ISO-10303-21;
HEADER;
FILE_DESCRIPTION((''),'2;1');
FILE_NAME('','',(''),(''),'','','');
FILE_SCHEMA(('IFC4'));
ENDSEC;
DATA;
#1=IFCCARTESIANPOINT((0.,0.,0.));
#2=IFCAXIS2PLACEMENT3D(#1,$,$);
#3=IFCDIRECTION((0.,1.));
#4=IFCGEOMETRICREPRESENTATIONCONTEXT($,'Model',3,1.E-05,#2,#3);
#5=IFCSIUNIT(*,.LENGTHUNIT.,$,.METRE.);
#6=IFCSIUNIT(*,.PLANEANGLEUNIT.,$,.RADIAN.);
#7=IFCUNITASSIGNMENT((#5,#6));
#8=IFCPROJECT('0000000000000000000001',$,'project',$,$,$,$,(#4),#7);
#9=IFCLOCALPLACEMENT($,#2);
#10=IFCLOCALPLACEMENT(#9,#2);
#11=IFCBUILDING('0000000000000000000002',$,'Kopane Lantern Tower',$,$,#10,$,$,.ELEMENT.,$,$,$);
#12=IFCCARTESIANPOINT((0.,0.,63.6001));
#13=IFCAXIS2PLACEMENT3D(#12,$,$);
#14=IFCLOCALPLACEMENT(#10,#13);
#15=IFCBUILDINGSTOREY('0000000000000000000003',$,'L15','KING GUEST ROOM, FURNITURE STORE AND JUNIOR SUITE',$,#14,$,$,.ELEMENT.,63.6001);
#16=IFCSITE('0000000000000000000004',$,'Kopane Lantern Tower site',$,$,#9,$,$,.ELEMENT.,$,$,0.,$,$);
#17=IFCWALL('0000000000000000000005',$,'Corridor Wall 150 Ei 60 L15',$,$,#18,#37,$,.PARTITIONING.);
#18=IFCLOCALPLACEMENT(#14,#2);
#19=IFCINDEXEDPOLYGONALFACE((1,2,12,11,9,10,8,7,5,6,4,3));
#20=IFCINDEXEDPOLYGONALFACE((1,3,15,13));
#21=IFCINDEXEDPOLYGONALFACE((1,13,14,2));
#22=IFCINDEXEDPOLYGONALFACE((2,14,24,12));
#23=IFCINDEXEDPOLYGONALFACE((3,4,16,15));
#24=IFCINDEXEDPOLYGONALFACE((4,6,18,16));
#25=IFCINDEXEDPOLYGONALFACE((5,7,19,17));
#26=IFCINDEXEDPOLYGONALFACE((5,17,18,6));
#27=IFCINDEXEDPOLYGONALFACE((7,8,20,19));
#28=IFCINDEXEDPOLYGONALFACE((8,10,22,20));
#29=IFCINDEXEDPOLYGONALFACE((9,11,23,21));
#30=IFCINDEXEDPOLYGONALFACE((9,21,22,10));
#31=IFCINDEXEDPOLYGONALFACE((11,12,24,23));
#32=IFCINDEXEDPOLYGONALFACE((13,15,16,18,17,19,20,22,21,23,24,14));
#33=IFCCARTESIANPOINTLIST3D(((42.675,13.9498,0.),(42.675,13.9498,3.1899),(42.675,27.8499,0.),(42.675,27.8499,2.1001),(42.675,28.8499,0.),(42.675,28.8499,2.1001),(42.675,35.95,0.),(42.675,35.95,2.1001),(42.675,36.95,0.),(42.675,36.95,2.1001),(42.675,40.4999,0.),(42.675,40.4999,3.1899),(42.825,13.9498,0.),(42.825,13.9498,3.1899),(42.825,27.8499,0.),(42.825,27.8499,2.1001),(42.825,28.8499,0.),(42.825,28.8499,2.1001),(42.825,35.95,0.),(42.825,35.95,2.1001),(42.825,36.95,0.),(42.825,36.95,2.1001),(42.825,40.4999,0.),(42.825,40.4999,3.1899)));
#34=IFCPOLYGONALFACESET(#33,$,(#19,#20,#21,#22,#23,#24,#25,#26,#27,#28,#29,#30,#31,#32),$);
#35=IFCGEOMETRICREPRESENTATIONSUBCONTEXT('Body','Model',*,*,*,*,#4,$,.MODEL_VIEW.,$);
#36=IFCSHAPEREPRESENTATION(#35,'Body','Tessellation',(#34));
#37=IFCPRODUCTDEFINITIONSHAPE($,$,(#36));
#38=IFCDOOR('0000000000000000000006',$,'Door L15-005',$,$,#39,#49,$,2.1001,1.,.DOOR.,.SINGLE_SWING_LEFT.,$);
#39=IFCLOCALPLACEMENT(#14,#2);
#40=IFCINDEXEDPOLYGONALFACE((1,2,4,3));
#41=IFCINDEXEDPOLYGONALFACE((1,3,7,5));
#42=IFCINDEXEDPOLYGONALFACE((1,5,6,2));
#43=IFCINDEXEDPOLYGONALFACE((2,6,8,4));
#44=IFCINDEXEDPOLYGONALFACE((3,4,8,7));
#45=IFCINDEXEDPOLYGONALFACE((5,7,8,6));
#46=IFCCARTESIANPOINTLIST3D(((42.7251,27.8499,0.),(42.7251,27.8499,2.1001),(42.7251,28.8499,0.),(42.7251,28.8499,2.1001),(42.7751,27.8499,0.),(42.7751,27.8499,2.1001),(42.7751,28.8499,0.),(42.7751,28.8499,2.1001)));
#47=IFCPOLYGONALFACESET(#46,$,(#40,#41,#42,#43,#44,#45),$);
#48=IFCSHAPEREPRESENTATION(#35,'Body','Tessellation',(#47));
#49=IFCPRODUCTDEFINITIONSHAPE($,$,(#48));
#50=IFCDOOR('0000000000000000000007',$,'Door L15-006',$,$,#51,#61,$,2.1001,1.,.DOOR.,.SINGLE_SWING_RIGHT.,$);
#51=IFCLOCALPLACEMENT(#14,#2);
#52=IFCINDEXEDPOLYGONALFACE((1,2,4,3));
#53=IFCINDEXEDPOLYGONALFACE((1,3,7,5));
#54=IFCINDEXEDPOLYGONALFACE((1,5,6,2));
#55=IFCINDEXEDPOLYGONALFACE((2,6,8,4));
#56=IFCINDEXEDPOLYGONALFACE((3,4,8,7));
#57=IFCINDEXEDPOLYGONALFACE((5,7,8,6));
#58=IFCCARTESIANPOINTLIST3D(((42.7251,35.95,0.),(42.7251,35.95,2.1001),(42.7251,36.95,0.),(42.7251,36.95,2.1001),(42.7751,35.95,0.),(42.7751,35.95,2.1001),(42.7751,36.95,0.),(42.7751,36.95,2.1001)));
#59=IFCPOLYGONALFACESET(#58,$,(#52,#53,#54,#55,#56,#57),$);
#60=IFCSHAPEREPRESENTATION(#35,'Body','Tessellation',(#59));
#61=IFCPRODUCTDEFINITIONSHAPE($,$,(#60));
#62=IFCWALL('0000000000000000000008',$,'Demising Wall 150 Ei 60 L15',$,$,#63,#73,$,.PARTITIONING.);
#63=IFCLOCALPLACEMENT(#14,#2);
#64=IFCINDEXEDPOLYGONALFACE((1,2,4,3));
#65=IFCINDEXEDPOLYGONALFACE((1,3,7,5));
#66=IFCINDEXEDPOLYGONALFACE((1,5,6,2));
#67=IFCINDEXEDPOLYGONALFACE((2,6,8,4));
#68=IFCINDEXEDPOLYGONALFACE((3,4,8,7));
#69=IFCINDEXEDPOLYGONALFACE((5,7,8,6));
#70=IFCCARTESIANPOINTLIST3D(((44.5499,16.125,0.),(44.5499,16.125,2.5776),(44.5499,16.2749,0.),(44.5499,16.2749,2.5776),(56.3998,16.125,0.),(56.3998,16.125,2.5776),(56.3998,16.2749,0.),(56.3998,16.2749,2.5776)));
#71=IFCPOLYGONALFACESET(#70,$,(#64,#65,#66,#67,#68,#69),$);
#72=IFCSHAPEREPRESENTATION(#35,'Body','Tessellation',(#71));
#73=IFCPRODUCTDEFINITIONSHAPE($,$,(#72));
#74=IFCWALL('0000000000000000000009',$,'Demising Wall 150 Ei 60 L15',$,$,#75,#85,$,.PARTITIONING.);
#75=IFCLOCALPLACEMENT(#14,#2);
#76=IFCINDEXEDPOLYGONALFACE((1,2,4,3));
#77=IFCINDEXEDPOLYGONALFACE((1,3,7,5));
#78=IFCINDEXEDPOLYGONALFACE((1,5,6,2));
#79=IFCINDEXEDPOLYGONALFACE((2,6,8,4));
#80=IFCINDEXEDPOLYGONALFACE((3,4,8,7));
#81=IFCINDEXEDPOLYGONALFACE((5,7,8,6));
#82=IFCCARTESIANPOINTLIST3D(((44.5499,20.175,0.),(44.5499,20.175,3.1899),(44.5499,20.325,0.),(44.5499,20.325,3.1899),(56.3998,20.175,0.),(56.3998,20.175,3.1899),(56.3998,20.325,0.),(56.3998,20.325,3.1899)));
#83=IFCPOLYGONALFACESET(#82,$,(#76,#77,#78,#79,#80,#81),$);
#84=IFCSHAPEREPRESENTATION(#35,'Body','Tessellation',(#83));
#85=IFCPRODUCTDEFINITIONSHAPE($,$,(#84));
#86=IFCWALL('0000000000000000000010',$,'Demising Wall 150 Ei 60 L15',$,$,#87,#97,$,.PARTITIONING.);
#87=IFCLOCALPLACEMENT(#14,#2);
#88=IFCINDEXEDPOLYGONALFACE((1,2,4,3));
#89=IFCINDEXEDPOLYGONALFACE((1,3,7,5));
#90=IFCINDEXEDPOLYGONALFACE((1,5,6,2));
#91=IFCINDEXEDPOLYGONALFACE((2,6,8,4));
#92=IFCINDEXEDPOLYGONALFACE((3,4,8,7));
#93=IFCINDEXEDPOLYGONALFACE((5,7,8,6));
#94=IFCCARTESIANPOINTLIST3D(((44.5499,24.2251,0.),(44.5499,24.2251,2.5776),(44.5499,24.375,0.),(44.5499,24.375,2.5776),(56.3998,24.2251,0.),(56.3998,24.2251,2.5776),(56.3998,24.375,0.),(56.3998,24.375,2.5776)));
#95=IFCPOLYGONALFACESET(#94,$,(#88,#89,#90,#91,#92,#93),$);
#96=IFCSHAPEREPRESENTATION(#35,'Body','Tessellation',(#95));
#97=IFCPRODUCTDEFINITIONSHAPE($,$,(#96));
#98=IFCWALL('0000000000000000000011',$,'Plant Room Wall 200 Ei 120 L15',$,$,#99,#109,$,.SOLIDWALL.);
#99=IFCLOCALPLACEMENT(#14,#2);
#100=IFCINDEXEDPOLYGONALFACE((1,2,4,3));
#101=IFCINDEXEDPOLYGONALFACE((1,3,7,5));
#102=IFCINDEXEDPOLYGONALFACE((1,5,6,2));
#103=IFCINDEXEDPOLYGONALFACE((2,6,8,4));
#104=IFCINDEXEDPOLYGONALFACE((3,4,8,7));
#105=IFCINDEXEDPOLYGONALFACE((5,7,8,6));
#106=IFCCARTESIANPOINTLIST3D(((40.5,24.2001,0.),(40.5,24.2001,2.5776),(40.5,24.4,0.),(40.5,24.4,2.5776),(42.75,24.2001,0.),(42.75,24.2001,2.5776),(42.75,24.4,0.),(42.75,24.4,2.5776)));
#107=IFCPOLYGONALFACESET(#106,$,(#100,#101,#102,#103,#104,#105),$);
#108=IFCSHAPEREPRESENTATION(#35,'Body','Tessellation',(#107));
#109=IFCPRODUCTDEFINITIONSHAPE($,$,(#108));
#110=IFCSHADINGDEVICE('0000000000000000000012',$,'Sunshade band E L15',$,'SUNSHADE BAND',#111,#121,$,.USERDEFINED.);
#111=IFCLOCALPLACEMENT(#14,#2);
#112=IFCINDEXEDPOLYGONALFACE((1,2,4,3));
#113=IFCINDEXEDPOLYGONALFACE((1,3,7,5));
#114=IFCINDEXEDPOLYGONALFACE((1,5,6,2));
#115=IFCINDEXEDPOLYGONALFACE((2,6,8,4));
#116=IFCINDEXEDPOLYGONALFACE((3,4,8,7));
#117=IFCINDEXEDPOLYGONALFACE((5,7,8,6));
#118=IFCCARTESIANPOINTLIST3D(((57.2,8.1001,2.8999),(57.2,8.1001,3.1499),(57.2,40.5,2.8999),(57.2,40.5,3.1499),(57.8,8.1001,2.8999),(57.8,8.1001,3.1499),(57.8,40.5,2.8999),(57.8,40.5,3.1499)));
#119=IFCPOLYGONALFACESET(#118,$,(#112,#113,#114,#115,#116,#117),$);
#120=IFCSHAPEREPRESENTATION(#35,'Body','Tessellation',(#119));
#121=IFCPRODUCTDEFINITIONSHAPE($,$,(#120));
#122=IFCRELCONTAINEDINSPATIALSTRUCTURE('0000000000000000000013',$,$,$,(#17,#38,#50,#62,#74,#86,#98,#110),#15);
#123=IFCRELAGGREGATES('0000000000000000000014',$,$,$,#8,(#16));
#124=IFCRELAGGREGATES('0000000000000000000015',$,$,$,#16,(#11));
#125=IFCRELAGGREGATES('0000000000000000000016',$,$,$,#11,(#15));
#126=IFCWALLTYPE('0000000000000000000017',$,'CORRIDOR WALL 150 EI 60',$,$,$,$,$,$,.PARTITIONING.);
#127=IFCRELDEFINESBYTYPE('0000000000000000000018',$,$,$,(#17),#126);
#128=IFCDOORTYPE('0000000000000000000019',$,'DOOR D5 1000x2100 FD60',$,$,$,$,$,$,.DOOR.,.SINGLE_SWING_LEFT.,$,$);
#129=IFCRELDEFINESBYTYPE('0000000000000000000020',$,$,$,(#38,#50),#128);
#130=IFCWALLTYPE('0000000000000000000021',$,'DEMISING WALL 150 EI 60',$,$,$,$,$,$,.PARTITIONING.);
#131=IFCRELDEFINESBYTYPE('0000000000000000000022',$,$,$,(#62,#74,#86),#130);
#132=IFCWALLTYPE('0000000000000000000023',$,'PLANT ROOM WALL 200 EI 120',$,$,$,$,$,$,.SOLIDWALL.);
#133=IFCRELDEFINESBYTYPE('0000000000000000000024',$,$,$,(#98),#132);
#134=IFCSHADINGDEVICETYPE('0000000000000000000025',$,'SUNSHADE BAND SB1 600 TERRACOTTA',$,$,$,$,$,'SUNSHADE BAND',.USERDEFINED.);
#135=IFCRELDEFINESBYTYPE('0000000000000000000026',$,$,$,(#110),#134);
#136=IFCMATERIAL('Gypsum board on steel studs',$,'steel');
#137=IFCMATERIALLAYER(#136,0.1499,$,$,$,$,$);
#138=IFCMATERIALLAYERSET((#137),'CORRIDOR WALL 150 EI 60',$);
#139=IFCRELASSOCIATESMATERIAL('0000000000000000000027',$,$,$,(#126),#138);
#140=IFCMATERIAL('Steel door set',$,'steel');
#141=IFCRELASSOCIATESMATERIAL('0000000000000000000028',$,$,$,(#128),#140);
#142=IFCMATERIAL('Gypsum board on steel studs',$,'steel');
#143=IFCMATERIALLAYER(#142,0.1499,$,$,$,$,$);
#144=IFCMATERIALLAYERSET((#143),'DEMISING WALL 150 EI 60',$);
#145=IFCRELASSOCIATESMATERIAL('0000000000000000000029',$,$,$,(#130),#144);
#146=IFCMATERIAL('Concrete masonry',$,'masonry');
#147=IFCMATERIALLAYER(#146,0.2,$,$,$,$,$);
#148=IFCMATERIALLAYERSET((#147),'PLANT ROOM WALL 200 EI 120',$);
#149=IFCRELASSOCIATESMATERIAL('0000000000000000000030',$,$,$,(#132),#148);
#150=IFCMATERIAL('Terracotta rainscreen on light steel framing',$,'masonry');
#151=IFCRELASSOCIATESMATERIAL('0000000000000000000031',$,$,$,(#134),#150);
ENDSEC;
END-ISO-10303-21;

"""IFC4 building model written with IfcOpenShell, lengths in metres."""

from ifc_helpers import new_model, si_unit, direction, frame, frame_2d, origin, origin_2d, place, context, subcontext, project, spatial, rectangle, extrude, material, layer, layer_set, type_object, element, fill, save


model = new_model("IFC4")

# Units and contexts
model_context = context("Model", 3, precision=1e-05, world=origin(), true_north=direction((0.0, 1.0)))
body_context = subcontext(model_context, "Body", "Model", "MODEL_VIEW")
ifc_project = project(units=[si_unit("LENGTHUNIT", "METRE"), si_unit("PLANEANGLEUNIT", "RADIAN")], contexts=[model_context])

# Site, building, storey
site_placement = place(None, origin())
site = spatial("IfcSite", under=ifc_project, at=site_placement, Name="Kopane Lantern Tower site", CompositionType="ELEMENT", RefElevation=0.0)
building_placement = place(site_placement, origin())
building = spatial("IfcBuilding", under=site, at=building_placement, Name="Kopane Lantern Tower", CompositionType="ELEMENT")
storey_placement = place(building_placement, frame((0.0, 0.0, 63.6001)))
storey = spatial("IfcBuildingStorey", under=building, at=storey_placement, Name="L15", Description="KING GUEST ROOM, FURNITURE STORE AND JUNIOR SUITE", CompositionType="ELEMENT", Elevation=63.6001)

# Wall, openings, doors
ifc_material_1 = material(Name="Gypsum board on steel studs", Category="steel")
ifc_layer_1 = layer(ifc_material_1, 0.1499)
ifc_layer_set_1 = layer_set([ifc_layer_1], Name="CORRIDOR WALL 150 EI 60")
wall_type_1 = type_object("IfcWallType", Name="CORRIDOR WALL 150 EI 60", PredefinedType="PARTITIONING", material=ifc_layer_set_1)
wall_1_placement = place(storey_placement, frame((42.75, 13.95, 0.0), z_axis=(0.0, 0.0, 1.0), x_axis=(0.0, 1.0, 0.0)))
wall_1 = element("IfcWall", 1, at=wall_1_placement, inside=storey, type_object=wall_type_1, Name="Corridor Wall 150 Ei 60 L15", PredefinedType="PARTITIONING", context=body_context, shape_type="SweptSolid", body=[
    extrude(rectangle(XDim=26.55, YDim=0.1499, at=frame_2d((13.2749, 0.0))), origin(), (0.0, 0.0, 1.0), 3.1899),
])
opening_1_placement = place(wall_1_placement, frame((13.8999, 0.0, 0.0)))
opening_1 = element("IfcOpeningElement", 2, at=opening_1_placement, cuts=wall_1, PredefinedType="OPENING", context=body_context, shape_type="SweptSolid", body=[
    extrude(rectangle(XDim=1.0, YDim=2.1001, at=frame_2d((0.5, 1.05))), frame((0.0, 0.085, 0.0), z_axis=(0.0, -1.0, 0.0), x_axis=(1.0, 0.0, 0.0)), (0.0, 0.0, 1.0), 0.1699),
])
opening_2_placement = place(wall_1_placement, frame((22.0, 0.0, 0.0)))
opening_2 = element("IfcOpeningElement", 3, at=opening_2_placement, cuts=wall_1, PredefinedType="OPENING", context=body_context, shape_type="SweptSolid", body=[
    extrude(rectangle(XDim=1.0, YDim=2.1001, at=frame_2d((0.5, 1.05))), frame((0.0, 0.085, 0.0), z_axis=(0.0, -1.0, 0.0), x_axis=(1.0, 0.0, 0.0)), (0.0, 0.0, 1.0), 0.1699),
])
ifc_material_2 = material(Name="Steel door set", Category="steel")
door_type_1 = type_object("IfcDoorType", Name="DOOR D5 1000x2100 FD60", OperationType="SINGLE_SWING_LEFT", PredefinedType="DOOR", material=ifc_material_2)
door_1_placement = place(opening_1_placement, origin())
door_1 = element("IfcDoor", 4, at=door_1_placement, inside=storey, type_object=door_type_1, Name="Door L15-005", OperationType="SINGLE_SWING_LEFT", OverallHeight=2.1001, OverallWidth=1.0, PredefinedType="DOOR", context=body_context, shape_type="SweptSolid", body=[
    extrude(rectangle(XDim=1.0, YDim=2.1001, at=frame_2d((0.5, 1.05))), frame((0.0, 0.0249, 0.0), z_axis=(0.0, -1.0, 0.0), x_axis=(1.0, 0.0, 0.0)), (0.0, 0.0, 1.0), 0.05),
])
fill(opening_1, door_1)
door_2_placement = place(opening_2_placement, origin())
door_2 = element("IfcDoor", 5, at=door_2_placement, inside=storey, type_object=door_type_1, Name="Door L15-006", OperationType="SINGLE_SWING_RIGHT", OverallHeight=2.1001, OverallWidth=1.0, PredefinedType="DOOR", context=body_context, shape_type="SweptSolid", body=[
    extrude(rectangle(XDim=1.0, YDim=2.1001, at=frame_2d((0.5, 1.05))), frame((0.0, 0.0249, 0.0), z_axis=(0.0, -1.0, 0.0), x_axis=(1.0, 0.0, 0.0)), (0.0, 0.0, 1.0), 0.05),
])
fill(opening_2, door_2)

# Walls
ifc_material_3 = material(Name="Gypsum board on steel studs", Category="steel")
ifc_layer_2 = layer(ifc_material_3, 0.1499)
ifc_layer_set_2 = layer_set([ifc_layer_2], Name="DEMISING WALL 150 EI 60")
wall_type_2 = type_object("IfcWallType", Name="DEMISING WALL 150 EI 60", PredefinedType="PARTITIONING", material=ifc_layer_set_2)
wall_2_placement = place(storey_placement, frame((44.55, 16.2, 0.0), z_axis=(0.0, 0.0, 1.0), x_axis=(1.0, 0.0, 0.0)))
element("IfcWall", 6, at=wall_2_placement, inside=storey, type_object=wall_type_2, Name="Demising Wall 150 Ei 60 L15", PredefinedType="PARTITIONING", context=body_context, shape_type="SweptSolid", body=[
    extrude(rectangle(XDim=11.8499, YDim=0.1499, at=frame_2d((5.9248, 0.0))), origin(), (0.0, 0.0, 1.0), 2.5776),
])
wall_3_placement = place(storey_placement, frame((44.55, 20.25, 0.0), z_axis=(0.0, 0.0, 1.0), x_axis=(1.0, 0.0, 0.0)))
element("IfcWall", 7, at=wall_3_placement, inside=storey, type_object=wall_type_2, Name="Demising Wall 150 Ei 60 L15", PredefinedType="PARTITIONING", context=body_context, shape_type="SweptSolid", body=[
    extrude(rectangle(XDim=11.8499, YDim=0.1499, at=frame_2d((5.9248, 0.0))), origin(), (0.0, 0.0, 1.0), 3.1899),
])
wall_4_placement = place(storey_placement, frame((44.55, 24.3, 0.0), z_axis=(0.0, 0.0, 1.0), x_axis=(1.0, 0.0, 0.0)))
element("IfcWall", 8, at=wall_4_placement, inside=storey, type_object=wall_type_2, Name="Demising Wall 150 Ei 60 L15", PredefinedType="PARTITIONING", context=body_context, shape_type="SweptSolid", body=[
    extrude(rectangle(XDim=11.8499, YDim=0.1499, at=frame_2d((5.9248, 0.0))), origin(), (0.0, 0.0, 1.0), 2.5776),
])
ifc_material_4 = material(Name="Concrete masonry", Category="masonry")
ifc_layer_3 = layer(ifc_material_4, 0.2)
ifc_layer_set_3 = layer_set([ifc_layer_3], Name="PLANT ROOM WALL 200 EI 120")
wall_type_3 = type_object("IfcWallType", Name="PLANT ROOM WALL 200 EI 120", PredefinedType="SOLIDWALL", material=ifc_layer_set_3)
wall_5_placement = place(storey_placement, frame((40.5, 24.3, 0.0), z_axis=(0.0, 0.0, 1.0), x_axis=(1.0, 0.0, 0.0)))
element("IfcWall", 9, at=wall_5_placement, inside=storey, type_object=wall_type_3, Name="Plant Room Wall 200 Ei 120 L15", PredefinedType="SOLIDWALL", context=body_context, shape_type="SweptSolid", body=[
    extrude(rectangle(XDim=2.25, YDim=0.2, at=frame_2d((1.125, 0.0))), origin(), (0.0, 0.0, 1.0), 2.5776),
])

# Shading device
ifc_material_5 = material(Name="Terracotta rainscreen on light steel framing", Category="masonry")
shading_device_type = type_object("IfcShadingDeviceType", Name="SUNSHADE BAND SB1 600 TERRACOTTA", ElementType="SUNSHADE BAND", PredefinedType="USERDEFINED", material=ifc_material_5)
shading_device_placement = place(storey_placement, frame((57.5, 24.3, 2.8999), z_axis=(0.0, 0.0, 1.0), x_axis=(0.0, 1.0, 0.0)))
element("IfcShadingDevice", 10, at=shading_device_placement, inside=storey, type_object=shading_device_type, Name="Sunshade band E L15", ObjectType="SUNSHADE BAND", PredefinedType="USERDEFINED", context=body_context, shape_type="SweptSolid", body=[
    extrude(rectangle(XDim=32.3999, YDim=0.6001, at=origin_2d()), origin(), (0.0, 0.0, 1.0), 0.25),
])

save(model, "model.ifc")
